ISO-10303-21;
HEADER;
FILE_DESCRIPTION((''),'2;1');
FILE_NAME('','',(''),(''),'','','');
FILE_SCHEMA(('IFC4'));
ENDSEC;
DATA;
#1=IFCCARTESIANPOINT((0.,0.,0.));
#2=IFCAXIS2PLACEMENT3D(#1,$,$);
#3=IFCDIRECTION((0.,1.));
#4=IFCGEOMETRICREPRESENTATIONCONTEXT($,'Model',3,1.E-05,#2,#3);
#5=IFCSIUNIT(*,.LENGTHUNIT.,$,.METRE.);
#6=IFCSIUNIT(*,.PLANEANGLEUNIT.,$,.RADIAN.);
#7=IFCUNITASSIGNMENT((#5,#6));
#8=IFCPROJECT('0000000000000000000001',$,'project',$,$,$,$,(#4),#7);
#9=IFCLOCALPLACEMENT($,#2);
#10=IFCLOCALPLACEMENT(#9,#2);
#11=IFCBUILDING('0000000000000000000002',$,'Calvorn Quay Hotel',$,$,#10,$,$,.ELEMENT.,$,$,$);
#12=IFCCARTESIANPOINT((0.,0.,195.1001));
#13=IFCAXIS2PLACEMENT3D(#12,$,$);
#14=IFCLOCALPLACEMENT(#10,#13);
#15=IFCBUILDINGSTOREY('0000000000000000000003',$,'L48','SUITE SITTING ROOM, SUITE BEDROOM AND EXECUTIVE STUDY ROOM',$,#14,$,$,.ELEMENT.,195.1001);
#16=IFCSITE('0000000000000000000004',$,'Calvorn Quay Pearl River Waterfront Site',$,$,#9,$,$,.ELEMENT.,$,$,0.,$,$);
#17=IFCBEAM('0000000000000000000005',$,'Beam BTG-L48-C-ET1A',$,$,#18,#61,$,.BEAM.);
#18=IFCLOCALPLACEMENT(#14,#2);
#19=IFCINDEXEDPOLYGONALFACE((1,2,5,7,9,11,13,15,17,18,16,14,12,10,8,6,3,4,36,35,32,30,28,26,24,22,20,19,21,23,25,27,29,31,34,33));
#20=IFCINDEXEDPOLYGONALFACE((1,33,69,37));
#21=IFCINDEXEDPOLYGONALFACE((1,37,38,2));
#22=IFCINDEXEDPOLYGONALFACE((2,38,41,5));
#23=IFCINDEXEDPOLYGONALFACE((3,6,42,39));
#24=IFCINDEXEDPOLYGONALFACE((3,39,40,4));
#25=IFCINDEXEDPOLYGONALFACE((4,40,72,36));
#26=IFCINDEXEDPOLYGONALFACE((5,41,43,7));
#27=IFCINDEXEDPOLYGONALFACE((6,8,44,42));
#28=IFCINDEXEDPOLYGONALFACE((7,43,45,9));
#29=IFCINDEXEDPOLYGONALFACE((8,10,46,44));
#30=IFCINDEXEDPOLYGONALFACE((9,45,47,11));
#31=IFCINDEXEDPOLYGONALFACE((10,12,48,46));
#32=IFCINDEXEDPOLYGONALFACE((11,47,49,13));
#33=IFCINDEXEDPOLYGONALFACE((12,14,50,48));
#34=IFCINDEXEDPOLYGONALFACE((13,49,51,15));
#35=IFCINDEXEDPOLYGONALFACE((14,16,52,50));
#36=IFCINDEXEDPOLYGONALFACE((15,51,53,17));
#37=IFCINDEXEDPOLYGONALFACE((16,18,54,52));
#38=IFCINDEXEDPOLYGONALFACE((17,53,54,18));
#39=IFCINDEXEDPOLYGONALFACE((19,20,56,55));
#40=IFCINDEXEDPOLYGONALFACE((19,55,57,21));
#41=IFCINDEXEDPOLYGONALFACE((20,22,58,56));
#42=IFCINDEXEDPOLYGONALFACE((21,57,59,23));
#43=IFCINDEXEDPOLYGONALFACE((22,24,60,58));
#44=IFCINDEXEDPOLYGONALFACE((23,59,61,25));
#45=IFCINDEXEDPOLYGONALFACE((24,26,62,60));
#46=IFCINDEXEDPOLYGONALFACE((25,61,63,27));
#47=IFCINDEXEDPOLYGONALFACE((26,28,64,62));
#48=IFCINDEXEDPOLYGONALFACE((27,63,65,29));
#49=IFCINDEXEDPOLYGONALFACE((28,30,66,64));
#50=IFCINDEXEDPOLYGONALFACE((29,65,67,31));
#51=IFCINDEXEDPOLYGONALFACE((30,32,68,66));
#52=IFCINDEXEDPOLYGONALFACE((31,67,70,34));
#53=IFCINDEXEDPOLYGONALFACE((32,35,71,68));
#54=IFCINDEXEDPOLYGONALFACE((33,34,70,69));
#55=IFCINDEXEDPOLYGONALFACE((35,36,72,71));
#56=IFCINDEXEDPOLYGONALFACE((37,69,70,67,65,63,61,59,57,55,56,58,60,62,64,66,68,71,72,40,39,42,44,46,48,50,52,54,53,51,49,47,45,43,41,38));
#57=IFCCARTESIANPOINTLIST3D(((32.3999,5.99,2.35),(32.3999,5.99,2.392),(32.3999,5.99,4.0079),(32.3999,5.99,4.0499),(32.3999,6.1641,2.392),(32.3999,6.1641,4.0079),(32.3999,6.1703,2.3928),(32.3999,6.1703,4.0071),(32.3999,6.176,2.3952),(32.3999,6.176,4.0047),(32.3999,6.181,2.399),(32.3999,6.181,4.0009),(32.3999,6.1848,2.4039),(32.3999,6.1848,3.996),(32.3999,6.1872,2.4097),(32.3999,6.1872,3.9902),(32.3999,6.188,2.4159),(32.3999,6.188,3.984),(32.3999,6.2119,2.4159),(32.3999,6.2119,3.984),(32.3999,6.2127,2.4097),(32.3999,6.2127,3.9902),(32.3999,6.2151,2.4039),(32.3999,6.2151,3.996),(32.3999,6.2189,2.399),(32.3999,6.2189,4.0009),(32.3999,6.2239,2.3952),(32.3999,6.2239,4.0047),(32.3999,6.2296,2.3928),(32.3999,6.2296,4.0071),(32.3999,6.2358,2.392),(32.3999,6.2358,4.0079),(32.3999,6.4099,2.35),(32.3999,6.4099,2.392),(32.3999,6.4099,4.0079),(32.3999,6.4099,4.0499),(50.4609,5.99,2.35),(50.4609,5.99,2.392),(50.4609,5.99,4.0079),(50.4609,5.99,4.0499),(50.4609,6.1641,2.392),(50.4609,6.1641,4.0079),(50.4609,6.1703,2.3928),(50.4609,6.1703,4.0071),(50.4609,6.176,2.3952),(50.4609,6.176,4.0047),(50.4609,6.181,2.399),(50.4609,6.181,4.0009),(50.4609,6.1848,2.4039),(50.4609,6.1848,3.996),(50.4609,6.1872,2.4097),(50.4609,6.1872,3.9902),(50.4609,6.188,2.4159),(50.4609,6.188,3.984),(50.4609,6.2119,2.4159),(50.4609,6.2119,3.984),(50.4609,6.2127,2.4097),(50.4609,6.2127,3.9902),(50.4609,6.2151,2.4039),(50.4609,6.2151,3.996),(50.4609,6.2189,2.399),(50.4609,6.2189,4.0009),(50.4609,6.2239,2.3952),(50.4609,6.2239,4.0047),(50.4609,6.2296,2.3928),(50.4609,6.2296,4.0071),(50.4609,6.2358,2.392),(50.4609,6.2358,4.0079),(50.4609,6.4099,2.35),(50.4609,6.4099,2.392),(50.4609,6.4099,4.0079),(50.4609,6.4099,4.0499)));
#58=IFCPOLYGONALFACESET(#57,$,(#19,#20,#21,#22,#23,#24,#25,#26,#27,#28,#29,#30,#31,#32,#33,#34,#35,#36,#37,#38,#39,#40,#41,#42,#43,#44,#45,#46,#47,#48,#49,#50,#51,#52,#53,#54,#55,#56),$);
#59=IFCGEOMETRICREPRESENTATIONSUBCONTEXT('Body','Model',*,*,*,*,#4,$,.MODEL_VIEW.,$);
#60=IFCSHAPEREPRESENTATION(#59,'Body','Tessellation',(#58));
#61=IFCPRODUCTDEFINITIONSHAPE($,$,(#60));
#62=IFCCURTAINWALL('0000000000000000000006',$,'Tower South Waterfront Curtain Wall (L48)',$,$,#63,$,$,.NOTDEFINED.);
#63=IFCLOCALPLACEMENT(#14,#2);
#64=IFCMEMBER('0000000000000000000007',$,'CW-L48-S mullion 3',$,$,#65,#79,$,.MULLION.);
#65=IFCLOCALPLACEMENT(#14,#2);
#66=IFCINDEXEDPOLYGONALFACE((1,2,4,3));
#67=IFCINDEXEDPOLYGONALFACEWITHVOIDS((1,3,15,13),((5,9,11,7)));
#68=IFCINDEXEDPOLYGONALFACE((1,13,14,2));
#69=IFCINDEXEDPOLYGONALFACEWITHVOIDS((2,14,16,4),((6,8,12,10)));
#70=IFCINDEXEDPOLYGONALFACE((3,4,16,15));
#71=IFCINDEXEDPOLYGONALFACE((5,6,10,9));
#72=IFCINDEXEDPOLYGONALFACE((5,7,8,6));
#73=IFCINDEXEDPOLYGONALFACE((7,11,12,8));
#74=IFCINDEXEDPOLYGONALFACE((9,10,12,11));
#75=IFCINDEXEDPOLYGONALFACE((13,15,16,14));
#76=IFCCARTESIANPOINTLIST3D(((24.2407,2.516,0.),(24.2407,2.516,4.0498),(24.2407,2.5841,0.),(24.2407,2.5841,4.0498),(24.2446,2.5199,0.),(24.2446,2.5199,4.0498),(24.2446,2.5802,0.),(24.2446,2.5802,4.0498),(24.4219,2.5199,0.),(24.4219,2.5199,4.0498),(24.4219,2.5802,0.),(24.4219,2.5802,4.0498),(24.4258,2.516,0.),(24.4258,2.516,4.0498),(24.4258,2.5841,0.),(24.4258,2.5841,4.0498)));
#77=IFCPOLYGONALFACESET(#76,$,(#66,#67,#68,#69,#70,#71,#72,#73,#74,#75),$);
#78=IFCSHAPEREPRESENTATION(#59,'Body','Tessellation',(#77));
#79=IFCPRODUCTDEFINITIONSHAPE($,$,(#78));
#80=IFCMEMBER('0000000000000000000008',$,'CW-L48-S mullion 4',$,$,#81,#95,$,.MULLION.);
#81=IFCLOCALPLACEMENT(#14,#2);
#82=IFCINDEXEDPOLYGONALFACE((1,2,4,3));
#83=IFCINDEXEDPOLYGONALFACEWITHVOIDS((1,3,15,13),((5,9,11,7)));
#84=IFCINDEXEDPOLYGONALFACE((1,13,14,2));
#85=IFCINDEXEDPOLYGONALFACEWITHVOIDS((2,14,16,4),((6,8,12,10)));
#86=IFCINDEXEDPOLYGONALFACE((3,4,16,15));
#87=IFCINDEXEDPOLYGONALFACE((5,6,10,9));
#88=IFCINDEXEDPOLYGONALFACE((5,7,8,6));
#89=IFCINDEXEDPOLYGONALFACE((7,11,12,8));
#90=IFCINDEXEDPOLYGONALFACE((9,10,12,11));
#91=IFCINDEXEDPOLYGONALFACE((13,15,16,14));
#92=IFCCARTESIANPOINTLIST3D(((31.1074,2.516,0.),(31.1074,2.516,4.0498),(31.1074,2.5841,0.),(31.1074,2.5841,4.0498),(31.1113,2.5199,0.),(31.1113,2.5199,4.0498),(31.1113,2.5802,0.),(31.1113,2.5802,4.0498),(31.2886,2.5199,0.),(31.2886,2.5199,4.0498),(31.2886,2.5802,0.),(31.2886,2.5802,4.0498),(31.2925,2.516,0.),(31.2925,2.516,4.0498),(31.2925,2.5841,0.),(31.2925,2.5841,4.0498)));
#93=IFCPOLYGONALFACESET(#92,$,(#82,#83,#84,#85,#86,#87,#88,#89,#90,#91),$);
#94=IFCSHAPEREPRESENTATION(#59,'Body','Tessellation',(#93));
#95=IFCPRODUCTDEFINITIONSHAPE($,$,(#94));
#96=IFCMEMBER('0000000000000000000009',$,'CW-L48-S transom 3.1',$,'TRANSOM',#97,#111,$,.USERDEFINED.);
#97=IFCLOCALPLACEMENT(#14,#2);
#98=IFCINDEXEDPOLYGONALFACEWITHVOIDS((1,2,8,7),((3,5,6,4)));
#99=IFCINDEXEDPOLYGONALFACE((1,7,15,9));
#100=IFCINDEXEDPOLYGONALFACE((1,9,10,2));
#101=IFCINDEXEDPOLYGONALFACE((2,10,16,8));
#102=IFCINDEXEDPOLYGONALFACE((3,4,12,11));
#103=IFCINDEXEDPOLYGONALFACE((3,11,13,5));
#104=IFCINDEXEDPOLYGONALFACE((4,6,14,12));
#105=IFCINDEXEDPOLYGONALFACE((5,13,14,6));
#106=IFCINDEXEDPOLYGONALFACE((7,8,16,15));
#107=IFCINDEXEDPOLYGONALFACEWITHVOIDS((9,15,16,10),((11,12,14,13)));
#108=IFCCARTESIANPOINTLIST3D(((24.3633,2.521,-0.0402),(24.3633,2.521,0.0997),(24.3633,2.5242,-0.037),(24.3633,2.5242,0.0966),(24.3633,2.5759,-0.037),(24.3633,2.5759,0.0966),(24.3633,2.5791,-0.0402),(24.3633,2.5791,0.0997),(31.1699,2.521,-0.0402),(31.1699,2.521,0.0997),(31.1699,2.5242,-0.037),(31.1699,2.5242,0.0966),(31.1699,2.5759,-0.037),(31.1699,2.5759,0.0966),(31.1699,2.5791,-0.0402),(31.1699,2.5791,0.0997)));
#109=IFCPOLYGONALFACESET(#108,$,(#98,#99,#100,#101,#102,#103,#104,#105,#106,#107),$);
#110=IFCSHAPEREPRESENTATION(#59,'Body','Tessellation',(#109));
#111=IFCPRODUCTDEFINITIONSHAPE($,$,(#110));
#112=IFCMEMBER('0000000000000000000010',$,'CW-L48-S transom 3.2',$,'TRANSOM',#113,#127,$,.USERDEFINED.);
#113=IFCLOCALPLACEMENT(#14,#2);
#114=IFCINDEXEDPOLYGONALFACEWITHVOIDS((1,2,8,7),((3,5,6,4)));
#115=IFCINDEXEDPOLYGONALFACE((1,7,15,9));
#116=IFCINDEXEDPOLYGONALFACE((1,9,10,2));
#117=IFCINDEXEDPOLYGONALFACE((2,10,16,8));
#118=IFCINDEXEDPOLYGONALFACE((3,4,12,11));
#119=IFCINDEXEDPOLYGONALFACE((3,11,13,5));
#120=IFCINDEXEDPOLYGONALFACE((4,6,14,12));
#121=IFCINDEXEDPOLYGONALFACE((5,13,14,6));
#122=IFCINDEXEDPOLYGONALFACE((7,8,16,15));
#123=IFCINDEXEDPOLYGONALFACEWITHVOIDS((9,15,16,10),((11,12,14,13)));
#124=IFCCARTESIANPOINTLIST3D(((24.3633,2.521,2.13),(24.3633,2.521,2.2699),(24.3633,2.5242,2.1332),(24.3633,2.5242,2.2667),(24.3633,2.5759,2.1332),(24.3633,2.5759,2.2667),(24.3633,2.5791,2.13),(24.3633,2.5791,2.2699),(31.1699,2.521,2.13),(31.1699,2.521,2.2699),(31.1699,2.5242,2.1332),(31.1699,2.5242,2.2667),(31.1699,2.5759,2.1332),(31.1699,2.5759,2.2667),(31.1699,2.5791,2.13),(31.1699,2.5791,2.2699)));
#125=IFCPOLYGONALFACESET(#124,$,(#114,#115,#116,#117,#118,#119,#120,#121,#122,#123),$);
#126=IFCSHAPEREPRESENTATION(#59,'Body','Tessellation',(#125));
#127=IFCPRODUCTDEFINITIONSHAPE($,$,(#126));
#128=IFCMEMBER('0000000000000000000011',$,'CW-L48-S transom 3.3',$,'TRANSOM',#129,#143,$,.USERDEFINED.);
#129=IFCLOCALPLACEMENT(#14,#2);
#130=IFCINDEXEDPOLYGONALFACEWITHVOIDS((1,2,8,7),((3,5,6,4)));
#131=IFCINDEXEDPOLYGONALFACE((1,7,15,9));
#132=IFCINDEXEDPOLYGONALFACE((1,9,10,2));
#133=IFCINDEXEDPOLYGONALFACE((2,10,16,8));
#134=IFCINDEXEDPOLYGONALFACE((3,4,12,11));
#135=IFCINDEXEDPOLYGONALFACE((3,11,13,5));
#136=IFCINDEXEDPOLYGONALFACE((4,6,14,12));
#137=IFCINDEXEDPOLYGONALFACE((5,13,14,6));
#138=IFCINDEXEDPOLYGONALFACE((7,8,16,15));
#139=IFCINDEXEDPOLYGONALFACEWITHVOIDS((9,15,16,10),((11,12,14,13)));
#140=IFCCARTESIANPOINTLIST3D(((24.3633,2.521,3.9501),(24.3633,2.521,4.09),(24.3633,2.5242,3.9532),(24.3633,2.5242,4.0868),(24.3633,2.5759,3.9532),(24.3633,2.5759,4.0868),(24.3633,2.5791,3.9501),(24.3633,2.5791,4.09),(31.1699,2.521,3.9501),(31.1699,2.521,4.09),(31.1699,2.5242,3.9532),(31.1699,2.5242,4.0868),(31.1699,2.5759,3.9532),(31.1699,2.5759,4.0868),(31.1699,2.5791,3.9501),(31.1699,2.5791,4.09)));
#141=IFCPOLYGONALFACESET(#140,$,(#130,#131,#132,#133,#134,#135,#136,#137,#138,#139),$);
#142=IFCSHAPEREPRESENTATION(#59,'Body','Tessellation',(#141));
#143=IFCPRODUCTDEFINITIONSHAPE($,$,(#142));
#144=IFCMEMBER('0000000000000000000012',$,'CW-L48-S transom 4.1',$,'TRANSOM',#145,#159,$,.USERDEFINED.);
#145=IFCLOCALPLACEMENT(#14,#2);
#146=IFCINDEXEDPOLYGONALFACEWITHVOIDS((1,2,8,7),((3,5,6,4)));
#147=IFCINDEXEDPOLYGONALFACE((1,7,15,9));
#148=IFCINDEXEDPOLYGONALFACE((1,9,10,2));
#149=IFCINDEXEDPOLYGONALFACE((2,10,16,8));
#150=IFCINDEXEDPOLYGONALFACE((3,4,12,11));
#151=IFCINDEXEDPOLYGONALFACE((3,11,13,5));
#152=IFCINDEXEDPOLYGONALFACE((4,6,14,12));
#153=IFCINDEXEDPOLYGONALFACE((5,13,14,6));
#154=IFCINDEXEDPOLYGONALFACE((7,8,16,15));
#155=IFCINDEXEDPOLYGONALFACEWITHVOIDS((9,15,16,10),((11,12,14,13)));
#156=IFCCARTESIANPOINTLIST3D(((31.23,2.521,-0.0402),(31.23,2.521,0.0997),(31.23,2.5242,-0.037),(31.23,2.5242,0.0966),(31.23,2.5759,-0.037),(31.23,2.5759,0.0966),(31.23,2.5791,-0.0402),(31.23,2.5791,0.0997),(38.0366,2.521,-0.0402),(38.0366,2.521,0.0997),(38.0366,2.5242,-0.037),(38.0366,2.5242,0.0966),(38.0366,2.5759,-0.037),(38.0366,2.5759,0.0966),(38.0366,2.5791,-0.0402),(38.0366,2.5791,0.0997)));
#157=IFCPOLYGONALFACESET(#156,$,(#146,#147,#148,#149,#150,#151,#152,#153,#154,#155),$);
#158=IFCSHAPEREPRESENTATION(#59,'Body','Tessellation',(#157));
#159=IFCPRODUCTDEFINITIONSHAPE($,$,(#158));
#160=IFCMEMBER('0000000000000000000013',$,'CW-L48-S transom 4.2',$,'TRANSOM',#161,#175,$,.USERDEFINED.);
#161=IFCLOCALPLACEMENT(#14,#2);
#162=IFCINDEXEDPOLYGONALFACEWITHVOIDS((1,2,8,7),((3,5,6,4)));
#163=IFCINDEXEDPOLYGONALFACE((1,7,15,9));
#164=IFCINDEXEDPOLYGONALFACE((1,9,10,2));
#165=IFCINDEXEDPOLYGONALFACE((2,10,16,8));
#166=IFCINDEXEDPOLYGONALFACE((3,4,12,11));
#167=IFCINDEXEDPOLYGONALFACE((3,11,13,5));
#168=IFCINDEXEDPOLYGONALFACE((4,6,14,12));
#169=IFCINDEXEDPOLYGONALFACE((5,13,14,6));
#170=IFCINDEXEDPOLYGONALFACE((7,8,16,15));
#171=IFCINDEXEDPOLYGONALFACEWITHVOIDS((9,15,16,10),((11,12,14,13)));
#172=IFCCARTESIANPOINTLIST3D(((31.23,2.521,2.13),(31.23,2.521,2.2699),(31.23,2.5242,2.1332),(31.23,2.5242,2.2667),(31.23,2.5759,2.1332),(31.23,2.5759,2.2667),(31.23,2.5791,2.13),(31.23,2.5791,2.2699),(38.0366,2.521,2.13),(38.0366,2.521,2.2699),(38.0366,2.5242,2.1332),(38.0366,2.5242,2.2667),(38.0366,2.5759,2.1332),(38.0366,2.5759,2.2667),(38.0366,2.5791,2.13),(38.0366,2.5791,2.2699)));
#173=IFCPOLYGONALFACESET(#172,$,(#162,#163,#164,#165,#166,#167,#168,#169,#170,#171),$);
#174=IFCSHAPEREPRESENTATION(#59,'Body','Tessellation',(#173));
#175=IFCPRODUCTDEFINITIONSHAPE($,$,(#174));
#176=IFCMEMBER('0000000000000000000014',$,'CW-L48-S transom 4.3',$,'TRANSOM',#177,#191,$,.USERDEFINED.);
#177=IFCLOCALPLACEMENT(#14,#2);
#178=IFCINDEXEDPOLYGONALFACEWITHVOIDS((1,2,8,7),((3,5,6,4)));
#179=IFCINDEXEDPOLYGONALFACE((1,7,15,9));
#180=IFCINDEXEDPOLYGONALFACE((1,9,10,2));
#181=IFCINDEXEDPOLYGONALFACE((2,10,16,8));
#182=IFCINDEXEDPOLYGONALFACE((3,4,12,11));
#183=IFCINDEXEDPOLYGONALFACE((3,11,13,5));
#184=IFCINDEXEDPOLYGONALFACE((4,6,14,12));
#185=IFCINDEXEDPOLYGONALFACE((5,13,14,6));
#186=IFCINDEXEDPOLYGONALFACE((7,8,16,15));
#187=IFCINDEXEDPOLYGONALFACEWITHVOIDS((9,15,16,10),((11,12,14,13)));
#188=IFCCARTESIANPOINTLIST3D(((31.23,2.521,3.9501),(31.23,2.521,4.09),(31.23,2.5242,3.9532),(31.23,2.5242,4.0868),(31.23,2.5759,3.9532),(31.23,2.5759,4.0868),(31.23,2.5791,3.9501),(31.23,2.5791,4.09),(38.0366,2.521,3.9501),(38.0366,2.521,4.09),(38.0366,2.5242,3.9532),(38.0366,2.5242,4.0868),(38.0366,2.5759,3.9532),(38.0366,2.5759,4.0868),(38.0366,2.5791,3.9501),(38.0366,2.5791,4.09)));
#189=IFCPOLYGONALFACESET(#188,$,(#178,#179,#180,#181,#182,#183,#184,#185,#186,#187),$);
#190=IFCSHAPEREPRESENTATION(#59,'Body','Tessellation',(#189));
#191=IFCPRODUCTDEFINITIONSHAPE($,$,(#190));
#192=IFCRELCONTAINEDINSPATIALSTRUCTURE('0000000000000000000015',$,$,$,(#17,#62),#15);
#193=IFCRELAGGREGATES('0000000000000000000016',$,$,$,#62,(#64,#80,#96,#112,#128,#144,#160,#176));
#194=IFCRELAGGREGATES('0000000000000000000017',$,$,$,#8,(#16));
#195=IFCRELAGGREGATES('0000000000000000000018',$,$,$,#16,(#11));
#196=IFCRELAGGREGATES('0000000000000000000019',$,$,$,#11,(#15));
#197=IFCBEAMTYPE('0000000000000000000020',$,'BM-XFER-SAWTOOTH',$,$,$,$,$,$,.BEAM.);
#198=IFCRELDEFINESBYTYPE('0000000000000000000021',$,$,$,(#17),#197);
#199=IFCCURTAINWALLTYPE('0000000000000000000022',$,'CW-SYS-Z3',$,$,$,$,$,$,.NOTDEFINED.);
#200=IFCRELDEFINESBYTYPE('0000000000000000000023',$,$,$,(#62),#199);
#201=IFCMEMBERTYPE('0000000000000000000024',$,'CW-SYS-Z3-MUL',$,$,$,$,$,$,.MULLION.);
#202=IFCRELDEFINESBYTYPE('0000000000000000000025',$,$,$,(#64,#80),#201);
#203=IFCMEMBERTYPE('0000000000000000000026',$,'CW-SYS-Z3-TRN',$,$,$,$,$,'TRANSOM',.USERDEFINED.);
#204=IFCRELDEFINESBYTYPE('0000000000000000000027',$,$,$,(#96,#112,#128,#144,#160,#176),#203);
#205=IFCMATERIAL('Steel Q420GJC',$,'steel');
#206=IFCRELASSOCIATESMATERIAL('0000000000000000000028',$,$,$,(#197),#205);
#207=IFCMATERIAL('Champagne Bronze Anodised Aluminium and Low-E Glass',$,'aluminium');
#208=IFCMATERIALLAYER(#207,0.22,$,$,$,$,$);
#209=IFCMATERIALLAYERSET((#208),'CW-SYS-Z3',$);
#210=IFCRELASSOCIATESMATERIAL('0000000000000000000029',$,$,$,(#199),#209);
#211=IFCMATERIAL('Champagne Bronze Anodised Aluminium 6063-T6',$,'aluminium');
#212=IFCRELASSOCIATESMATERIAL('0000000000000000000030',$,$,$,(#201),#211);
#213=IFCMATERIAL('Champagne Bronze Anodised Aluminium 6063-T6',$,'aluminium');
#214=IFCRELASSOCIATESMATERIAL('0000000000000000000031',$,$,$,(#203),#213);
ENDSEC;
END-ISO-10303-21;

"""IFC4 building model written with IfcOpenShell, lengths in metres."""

from ifc_helpers import new_model, si_unit, direction, frame, origin, origin_2d, place, context, subcontext, project, spatial, hollow_rectangle, i_section, extrude, material, layer, layer_set, material_profile, profile_set, type_object, element, aggregate, save


model = new_model("IFC4")

# Units and contexts
model_context = context("Model", 3, precision=1e-05, world=origin(), true_north=direction((0.0, 1.0)))
body_context = subcontext(model_context, "Body", "Model", "MODEL_VIEW")
ifc_project = project(units=[si_unit("LENGTHUNIT", "METRE"), si_unit("PLANEANGLEUNIT", "RADIAN")], contexts=[model_context])

# Site, building, storey
site_placement = place(None, origin())
site = spatial("IfcSite", under=ifc_project, at=site_placement, Name="Calvorn Quay Pearl River Waterfront Site", CompositionType="ELEMENT", RefElevation=0.0)
building_placement = place(site_placement, origin())
building = spatial("IfcBuilding", under=site, at=building_placement, Name="Calvorn Quay Hotel", CompositionType="ELEMENT")
storey_placement = place(building_placement, frame((0.0, 0.0, 195.1001)))
storey = spatial("IfcBuildingStorey", under=building, at=storey_placement, Name="L48", Description="SUITE SITTING ROOM, SUITE BEDROOM AND EXECUTIVE STUDY ROOM", CompositionType="ELEMENT", Elevation=195.1001)

# Beam
ifc_material_1 = material(Name="Steel Q420GJC", Category="steel")
ifc_material_profile_1 = material_profile(ifc_material_1, i_section(OverallWidth=0.4199, OverallDepth=1.7, WebThickness=0.0239, FlangeThickness=0.042, FilletRadius=0.0239, at=origin_2d()), Name="HN1700x420x24x42")
ifc_profile_set_1 = profile_set([ifc_material_profile_1], Name="Steel Q420GJC")
beam_type = type_object("IfcBeamType", Name="BM-XFER-SAWTOOTH", PredefinedType="BEAM", material=ifc_profile_set_1)
beam_placement = place(storey_placement, frame((32.3999, 6.2, 3.2), z_axis=(1.0, 0.0, 0.0), x_axis=(0.0, 1.0, 0.0)))
element("IfcBeam", 1, at=beam_placement, inside=storey, type_object=beam_type, Name="Beam BTG-L48-C-ET1A", PredefinedType="BEAM", context=body_context, shape_type="SweptSolid", body=[
    extrude(i_section(OverallWidth=0.4199, OverallDepth=1.7, WebThickness=0.0239, FlangeThickness=0.042, FilletRadius=0.0239, at=origin_2d()), origin(), (0.0, 0.0, 1.0), 18.061),
])

# Curtain wall, members
ifc_material_2 = material(Name="Champagne Bronze Anodised Aluminium and Low-E Glass", Category="aluminium")
ifc_layer_1 = layer(ifc_material_2, 0.22)
ifc_layer_set_1 = layer_set([ifc_layer_1], Name="CW-SYS-Z3")
curtain_wall_type = type_object("IfcCurtainWallType", Name="CW-SYS-Z3", PredefinedType="NOTDEFINED", material=ifc_layer_set_1)
curtain_wall_placement = place(storey_placement, origin())
curtain_wall = element("IfcCurtainWall", 2, at=curtain_wall_placement, inside=storey, type_object=curtain_wall_type, Name="Tower South Waterfront Curtain Wall (L48)", PredefinedType="NOTDEFINED")
ifc_material_3 = material(Name="Champagne Bronze Anodised Aluminium 6063-T6", Category="aluminium")
ifc_material_profile_2 = material_profile(ifc_material_3, hollow_rectangle(XDim=0.0681, YDim=0.1851, WallThickness=0.0039, at=origin_2d()), Name="ALU-M185x68x4")
ifc_profile_set_2 = profile_set([ifc_material_profile_2], Name="Champagne Bronze Anodised Aluminium 6063-T6")
member_type_1 = type_object("IfcMemberType", Name="CW-SYS-Z3-MUL", PredefinedType="MULLION", material=ifc_profile_set_2)
member_1_placement = place(storey_placement, frame((24.3333, 2.55, 0.0), z_axis=(0.0, 0.0, 1.0), x_axis=(0.0, 1.0, 0.0)))
member_1 = element("IfcMember", 3, at=member_1_placement, type_object=member_type_1, Name="CW-L48-S mullion 3", PredefinedType="MULLION", context=body_context, shape_type="SweptSolid", body=[
    extrude(hollow_rectangle(XDim=0.0681, YDim=0.1851, WallThickness=0.0039, at=origin_2d()), origin(), (0.0, 0.0, 1.0), 4.0498),
])
member_2_placement = place(storey_placement, frame((31.2, 2.55, 0.0), z_axis=(0.0, 0.0, 1.0), x_axis=(0.0, 1.0, 0.0)))
member_2 = element("IfcMember", 4, at=member_2_placement, type_object=member_type_1, Name="CW-L48-S mullion 4", PredefinedType="MULLION", context=body_context, shape_type="SweptSolid", body=[
    extrude(hollow_rectangle(XDim=0.0681, YDim=0.1851, WallThickness=0.0039, at=origin_2d()), origin(), (0.0, 0.0, 1.0), 4.0498),
])
ifc_material_4 = material(Name="Champagne Bronze Anodised Aluminium 6063-T6", Category="aluminium")
ifc_material_profile_3 = material_profile(ifc_material_4, hollow_rectangle(XDim=0.0581, YDim=0.1399, WallThickness=0.0032, at=origin_2d()), Name="ALU-T140x58x3.2")
ifc_profile_set_3 = profile_set([ifc_material_profile_3], Name="Champagne Bronze Anodised Aluminium 6063-T6")
member_type_2 = type_object("IfcMemberType", Name="CW-SYS-Z3-TRN", ElementType="TRANSOM", PredefinedType="USERDEFINED", material=ifc_profile_set_3)
member_3_placement = place(storey_placement, frame((24.3633, 2.55, 0.0298), z_axis=(1.0, 0.0, 0.0), x_axis=(0.0, 1.0, 0.0)))
member_3 = element("IfcMember", 5, at=member_3_placement, type_object=member_type_2, Name="CW-L48-S transom 3.1", ObjectType="TRANSOM", PredefinedType="USERDEFINED", context=body_context, shape_type="SweptSolid", body=[
    extrude(hollow_rectangle(XDim=0.0581, YDim=0.1399, WallThickness=0.0032, at=origin_2d()), origin(), (0.0, 0.0, 1.0), 6.8066),
])
member_4_placement = place(storey_placement, frame((24.3633, 2.55, 2.2), z_axis=(1.0, 0.0, 0.0), x_axis=(0.0, 1.0, 0.0)))
member_4 = element("IfcMember", 6, at=member_4_placement, type_object=member_type_2, Name="CW-L48-S transom 3.2", ObjectType="TRANSOM", PredefinedType="USERDEFINED", context=body_context, shape_type="SweptSolid", body=[
    extrude(hollow_rectangle(XDim=0.0581, YDim=0.1399, WallThickness=0.0032, at=origin_2d()), origin(), (0.0, 0.0, 1.0), 6.8066),
])
member_5_placement = place(storey_placement, frame((24.3633, 2.55, 4.02), z_axis=(1.0, 0.0, 0.0), x_axis=(0.0, 1.0, 0.0)))
member_5 = element("IfcMember", 7, at=member_5_placement, type_object=member_type_2, Name="CW-L48-S transom 3.3", ObjectType="TRANSOM", PredefinedType="USERDEFINED", context=body_context, shape_type="SweptSolid", body=[
    extrude(hollow_rectangle(XDim=0.0581, YDim=0.1399, WallThickness=0.0032, at=origin_2d()), origin(), (0.0, 0.0, 1.0), 6.8066),
])
member_6_placement = place(storey_placement, frame((31.23, 2.55, 0.0298), z_axis=(1.0, 0.0, 0.0), x_axis=(0.0, 1.0, 0.0)))
member_6 = element("IfcMember", 8, at=member_6_placement, type_object=member_type_2, Name="CW-L48-S transom 4.1", ObjectType="TRANSOM", PredefinedType="USERDEFINED", context=body_context, shape_type="SweptSolid", body=[
    extrude(hollow_rectangle(XDim=0.0581, YDim=0.1399, WallThickness=0.0032, at=origin_2d()), origin(), (0.0, 0.0, 1.0), 6.8066),
])
member_7_placement = place(storey_placement, frame((31.23, 2.55, 2.2), z_axis=(1.0, 0.0, 0.0), x_axis=(0.0, 1.0, 0.0)))
member_7 = element("IfcMember", 9, at=member_7_placement, type_object=member_type_2, Name="CW-L48-S transom 4.2", ObjectType="TRANSOM", PredefinedType="USERDEFINED", context=body_context, shape_type="SweptSolid", body=[
    extrude(hollow_rectangle(XDim=0.0581, YDim=0.1399, WallThickness=0.0032, at=origin_2d()), origin(), (0.0, 0.0, 1.0), 6.8066),
])
member_8_placement = place(storey_placement, frame((31.23, 2.55, 4.02), z_axis=(1.0, 0.0, 0.0), x_axis=(0.0, 1.0, 0.0)))
member_8 = element("IfcMember", 10, at=member_8_placement, type_object=member_type_2, Name="CW-L48-S transom 4.3", ObjectType="TRANSOM", PredefinedType="USERDEFINED", context=body_context, shape_type="SweptSolid", body=[
    extrude(hollow_rectangle(XDim=0.0581, YDim=0.1399, WallThickness=0.0032, at=origin_2d()), origin(), (0.0, 0.0, 1.0), 6.8066),
])
aggregate(curtain_wall, [member_1, member_2, member_3, member_4, member_5, member_6, member_7, member_8])

save(model, "model.ifc")
